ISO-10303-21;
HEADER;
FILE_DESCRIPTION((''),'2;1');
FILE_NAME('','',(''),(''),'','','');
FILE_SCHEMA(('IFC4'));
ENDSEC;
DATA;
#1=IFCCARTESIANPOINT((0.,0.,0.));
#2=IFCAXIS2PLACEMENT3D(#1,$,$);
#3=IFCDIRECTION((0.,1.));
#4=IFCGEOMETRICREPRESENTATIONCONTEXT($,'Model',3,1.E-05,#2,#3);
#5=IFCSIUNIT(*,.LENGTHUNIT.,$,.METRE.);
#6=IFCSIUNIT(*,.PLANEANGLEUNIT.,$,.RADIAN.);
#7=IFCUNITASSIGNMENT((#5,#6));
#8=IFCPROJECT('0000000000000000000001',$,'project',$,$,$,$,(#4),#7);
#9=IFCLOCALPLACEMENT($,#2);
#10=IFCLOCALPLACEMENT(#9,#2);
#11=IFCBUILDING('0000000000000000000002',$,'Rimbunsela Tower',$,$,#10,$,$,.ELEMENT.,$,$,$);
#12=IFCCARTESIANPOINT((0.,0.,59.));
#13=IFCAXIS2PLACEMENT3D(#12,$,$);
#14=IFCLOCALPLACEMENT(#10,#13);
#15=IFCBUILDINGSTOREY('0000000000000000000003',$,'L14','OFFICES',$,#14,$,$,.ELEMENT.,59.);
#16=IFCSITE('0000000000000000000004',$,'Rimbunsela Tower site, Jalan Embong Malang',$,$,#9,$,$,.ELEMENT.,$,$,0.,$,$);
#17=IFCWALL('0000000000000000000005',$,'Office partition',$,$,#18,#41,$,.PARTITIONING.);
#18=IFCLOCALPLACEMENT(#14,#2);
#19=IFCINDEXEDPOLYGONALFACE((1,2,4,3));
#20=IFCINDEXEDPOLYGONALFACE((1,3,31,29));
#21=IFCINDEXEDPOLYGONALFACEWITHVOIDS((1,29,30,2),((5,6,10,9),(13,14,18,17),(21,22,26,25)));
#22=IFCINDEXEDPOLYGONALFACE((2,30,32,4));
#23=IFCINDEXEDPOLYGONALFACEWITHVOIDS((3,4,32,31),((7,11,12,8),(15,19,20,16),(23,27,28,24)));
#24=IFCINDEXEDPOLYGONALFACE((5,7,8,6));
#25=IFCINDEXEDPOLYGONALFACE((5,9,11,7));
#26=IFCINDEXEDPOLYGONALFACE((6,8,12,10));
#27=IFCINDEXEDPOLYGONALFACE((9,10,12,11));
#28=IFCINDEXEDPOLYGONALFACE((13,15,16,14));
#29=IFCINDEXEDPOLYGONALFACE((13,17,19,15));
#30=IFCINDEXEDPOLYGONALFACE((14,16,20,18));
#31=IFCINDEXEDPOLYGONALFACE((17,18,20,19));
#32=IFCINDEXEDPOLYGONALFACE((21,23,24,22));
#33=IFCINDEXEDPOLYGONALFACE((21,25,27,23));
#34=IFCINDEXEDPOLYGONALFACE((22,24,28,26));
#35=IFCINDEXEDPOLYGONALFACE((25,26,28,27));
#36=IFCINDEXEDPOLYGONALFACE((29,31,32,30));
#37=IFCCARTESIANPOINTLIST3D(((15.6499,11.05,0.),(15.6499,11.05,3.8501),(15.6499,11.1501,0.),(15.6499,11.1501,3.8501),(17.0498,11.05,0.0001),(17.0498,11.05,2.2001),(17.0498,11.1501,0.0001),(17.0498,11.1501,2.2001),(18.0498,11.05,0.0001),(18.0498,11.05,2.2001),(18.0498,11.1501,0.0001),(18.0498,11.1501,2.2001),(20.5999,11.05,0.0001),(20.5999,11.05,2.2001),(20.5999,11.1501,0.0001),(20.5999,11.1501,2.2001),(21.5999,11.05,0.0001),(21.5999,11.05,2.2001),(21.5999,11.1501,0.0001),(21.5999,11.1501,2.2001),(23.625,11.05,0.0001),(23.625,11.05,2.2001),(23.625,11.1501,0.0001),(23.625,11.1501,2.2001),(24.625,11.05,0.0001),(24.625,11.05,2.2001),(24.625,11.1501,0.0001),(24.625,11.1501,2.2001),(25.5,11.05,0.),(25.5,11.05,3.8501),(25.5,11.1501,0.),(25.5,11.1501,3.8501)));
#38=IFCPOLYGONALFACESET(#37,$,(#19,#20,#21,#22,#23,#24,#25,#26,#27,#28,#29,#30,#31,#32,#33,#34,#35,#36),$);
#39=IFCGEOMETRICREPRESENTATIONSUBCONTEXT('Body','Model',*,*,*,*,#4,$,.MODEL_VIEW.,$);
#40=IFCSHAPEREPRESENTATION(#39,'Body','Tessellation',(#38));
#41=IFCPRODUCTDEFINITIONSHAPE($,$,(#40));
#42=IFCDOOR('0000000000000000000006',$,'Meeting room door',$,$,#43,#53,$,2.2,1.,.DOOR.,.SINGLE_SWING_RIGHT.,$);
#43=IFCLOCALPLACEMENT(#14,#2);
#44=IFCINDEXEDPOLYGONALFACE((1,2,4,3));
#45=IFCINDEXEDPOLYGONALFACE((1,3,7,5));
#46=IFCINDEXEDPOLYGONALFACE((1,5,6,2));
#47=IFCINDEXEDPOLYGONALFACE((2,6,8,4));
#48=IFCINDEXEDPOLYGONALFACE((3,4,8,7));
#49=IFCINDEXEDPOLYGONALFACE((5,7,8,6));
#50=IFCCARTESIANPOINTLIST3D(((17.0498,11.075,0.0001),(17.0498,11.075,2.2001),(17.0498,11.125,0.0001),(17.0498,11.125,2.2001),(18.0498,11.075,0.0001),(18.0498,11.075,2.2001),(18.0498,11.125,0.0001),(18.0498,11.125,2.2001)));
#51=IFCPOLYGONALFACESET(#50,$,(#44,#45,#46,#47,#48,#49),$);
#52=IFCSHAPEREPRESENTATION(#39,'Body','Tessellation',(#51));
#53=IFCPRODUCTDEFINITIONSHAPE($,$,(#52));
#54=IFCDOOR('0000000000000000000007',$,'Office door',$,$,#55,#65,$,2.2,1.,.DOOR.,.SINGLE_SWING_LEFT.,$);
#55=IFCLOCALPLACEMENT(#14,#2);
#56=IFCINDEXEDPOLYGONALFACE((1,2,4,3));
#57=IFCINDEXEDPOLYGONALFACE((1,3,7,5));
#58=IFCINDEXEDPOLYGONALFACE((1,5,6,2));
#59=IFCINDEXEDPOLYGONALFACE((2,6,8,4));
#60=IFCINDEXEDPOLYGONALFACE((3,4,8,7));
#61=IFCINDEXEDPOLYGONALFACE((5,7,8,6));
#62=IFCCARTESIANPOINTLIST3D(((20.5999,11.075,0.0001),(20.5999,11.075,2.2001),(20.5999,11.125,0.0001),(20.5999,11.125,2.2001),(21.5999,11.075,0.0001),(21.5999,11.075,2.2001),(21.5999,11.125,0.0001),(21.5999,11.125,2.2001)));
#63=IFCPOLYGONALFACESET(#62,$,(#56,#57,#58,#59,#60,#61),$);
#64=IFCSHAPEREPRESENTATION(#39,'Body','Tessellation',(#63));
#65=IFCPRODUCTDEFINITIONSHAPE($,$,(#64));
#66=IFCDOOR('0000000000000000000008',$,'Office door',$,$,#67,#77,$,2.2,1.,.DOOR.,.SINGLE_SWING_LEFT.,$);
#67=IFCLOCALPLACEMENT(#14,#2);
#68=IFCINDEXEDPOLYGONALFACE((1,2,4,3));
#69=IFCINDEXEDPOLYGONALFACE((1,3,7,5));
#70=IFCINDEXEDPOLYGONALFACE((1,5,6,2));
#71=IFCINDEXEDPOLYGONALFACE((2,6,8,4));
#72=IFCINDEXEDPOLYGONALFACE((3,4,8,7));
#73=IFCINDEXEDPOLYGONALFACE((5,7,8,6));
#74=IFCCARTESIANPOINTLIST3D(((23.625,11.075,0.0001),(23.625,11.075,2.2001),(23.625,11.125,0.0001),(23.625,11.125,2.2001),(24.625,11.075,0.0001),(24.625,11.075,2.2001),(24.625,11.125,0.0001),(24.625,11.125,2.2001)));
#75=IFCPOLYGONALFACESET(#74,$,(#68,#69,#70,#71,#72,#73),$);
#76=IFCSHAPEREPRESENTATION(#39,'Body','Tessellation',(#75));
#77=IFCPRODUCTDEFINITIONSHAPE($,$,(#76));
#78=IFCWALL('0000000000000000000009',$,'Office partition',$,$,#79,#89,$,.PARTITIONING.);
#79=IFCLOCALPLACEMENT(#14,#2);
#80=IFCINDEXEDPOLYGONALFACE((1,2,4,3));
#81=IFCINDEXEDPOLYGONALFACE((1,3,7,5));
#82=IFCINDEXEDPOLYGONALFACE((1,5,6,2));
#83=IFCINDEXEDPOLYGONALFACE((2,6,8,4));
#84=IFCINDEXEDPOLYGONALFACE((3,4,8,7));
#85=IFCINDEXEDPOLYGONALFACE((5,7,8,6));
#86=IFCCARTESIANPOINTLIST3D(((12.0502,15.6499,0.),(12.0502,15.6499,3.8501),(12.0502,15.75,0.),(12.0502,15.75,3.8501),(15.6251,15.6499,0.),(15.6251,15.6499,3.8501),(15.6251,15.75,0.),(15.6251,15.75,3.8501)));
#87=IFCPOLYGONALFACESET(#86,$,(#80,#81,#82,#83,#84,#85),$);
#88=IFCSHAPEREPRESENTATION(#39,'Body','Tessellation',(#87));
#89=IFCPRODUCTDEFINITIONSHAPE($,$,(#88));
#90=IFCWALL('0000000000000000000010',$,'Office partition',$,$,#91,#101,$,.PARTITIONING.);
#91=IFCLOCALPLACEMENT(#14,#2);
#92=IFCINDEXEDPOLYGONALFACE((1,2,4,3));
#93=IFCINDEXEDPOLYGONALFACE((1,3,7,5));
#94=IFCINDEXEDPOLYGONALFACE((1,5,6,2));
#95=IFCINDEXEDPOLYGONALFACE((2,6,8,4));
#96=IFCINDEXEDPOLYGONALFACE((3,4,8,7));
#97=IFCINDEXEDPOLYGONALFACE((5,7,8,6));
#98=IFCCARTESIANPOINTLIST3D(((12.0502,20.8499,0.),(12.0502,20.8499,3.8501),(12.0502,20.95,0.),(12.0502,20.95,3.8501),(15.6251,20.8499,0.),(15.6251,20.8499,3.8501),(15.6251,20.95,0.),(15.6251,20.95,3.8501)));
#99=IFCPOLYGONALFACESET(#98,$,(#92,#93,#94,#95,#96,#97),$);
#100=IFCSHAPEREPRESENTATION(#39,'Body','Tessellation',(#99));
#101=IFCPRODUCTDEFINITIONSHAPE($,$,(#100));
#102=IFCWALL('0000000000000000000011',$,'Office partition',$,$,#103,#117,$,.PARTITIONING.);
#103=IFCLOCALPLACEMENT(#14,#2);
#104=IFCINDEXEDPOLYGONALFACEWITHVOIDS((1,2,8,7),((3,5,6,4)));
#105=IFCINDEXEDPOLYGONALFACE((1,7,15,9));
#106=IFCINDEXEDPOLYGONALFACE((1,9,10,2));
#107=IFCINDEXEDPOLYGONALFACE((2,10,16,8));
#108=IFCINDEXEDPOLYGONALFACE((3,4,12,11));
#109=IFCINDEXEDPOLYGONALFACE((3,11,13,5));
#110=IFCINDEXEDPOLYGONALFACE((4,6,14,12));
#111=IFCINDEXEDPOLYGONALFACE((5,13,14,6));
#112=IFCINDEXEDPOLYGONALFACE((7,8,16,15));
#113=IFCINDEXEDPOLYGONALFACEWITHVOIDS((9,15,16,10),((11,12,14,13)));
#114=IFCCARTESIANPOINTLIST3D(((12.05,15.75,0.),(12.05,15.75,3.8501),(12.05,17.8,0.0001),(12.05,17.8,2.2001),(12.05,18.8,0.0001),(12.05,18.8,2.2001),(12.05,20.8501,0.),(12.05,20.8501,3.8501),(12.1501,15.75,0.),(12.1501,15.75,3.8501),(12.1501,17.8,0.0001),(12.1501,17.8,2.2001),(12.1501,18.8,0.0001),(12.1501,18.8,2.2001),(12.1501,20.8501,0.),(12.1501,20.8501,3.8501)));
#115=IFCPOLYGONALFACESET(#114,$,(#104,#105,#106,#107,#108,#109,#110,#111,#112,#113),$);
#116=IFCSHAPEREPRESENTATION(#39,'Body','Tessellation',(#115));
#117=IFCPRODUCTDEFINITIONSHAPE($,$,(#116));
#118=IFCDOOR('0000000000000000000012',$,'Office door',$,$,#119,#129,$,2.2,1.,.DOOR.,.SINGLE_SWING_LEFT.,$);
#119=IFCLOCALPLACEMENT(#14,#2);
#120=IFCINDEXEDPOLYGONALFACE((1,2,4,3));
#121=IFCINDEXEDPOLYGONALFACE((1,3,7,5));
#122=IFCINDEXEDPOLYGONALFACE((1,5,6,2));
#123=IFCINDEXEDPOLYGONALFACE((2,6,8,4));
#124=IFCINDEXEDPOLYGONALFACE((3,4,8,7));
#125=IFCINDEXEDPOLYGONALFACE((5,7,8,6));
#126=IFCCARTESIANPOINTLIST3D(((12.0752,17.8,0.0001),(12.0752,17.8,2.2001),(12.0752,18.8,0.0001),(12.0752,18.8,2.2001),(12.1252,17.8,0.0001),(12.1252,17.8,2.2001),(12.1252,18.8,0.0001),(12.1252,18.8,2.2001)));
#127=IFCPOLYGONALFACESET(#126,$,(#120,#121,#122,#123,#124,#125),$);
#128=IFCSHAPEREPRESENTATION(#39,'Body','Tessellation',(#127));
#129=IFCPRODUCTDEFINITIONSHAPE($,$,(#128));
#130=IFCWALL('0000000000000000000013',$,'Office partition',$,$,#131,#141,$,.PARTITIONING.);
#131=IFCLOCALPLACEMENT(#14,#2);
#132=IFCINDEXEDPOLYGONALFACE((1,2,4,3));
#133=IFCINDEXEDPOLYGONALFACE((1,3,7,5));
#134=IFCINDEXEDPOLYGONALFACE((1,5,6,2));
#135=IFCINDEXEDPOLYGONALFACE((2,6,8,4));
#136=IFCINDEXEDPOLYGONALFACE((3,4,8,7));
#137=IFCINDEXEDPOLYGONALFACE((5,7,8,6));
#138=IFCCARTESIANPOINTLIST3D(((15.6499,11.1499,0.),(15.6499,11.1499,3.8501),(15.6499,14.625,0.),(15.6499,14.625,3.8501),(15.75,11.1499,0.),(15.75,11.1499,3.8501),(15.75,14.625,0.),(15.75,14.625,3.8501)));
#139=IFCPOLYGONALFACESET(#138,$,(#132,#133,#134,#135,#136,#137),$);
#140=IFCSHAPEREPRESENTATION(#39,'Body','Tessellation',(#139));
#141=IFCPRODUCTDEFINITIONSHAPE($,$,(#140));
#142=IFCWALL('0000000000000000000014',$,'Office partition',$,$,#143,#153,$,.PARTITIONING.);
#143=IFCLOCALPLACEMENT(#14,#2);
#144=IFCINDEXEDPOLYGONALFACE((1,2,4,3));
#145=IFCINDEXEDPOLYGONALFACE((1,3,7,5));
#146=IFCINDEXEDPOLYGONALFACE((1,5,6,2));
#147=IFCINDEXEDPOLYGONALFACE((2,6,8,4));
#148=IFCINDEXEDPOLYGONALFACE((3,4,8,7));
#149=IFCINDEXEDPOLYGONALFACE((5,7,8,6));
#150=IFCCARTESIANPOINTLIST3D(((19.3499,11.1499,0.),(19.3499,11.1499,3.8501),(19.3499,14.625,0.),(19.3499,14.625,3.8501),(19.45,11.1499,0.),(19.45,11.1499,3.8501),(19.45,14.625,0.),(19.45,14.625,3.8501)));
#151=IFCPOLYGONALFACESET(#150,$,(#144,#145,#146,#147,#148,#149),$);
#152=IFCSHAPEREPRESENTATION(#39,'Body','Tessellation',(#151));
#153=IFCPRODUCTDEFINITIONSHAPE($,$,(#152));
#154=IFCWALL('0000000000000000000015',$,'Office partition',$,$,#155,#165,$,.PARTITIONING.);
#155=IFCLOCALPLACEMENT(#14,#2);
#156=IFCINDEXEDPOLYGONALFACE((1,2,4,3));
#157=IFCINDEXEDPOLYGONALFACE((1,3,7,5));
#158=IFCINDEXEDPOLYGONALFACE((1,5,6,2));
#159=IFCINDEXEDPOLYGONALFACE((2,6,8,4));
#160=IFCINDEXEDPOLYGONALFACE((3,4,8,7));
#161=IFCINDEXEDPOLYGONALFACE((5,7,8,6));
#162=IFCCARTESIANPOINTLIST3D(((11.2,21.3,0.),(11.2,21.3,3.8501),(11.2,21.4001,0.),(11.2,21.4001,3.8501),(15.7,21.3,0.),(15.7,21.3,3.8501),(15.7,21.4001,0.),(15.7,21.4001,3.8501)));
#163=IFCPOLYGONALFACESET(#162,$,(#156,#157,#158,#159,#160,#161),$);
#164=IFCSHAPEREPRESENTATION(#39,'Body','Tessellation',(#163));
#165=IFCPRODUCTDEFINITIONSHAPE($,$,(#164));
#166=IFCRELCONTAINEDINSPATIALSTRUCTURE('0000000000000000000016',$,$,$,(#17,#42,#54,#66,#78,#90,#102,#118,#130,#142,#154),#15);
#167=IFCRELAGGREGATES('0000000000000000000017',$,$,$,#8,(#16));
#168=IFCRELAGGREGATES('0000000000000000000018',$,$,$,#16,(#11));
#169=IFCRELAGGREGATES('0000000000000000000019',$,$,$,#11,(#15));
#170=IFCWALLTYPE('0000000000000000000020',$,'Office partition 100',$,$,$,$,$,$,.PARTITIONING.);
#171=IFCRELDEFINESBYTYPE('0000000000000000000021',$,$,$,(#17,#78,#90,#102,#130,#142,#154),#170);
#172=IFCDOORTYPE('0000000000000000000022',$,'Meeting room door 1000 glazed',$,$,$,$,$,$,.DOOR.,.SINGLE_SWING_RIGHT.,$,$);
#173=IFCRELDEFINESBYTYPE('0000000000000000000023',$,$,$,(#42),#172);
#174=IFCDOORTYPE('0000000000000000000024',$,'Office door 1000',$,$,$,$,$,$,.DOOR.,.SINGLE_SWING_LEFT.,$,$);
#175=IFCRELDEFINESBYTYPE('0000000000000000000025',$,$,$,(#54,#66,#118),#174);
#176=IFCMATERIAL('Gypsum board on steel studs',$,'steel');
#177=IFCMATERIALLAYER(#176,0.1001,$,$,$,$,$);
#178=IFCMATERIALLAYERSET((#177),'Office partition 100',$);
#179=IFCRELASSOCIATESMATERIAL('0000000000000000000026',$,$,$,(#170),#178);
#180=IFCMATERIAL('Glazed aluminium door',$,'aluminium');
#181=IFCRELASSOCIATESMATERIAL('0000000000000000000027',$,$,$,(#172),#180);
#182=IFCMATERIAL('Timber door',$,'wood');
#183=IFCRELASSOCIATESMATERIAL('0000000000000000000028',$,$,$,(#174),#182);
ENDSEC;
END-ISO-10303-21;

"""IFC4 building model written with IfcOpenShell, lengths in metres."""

from ifc_helpers import new_model, si_unit, direction, frame, frame_2d, origin, place, context, subcontext, project, spatial, rectangle, extrude, material, layer, layer_set, type_object, element, fill, save


model = new_model("IFC4")

# Units and contexts
model_context = context("Model", 3, precision=1e-05, world=origin(), true_north=direction((0.0, 1.0)))
body_context = subcontext(model_context, "Body", "Model", "MODEL_VIEW")
ifc_project = project(units=[si_unit("LENGTHUNIT", "METRE"), si_unit("PLANEANGLEUNIT", "RADIAN")], contexts=[model_context])

# Site, building, storey
site_placement = place(None, origin())
site = spatial("IfcSite", under=ifc_project, at=site_placement, Name="Rimbunsela Tower site, Jalan Embong Malang", CompositionType="ELEMENT", RefElevation=0.0)
building_placement = place(site_placement, origin())
building = spatial("IfcBuilding", under=site, at=building_placement, Name="Rimbunsela Tower", CompositionType="ELEMENT")
storey_placement = place(building_placement, frame((0.0, 0.0, 59.0)))
storey = spatial("IfcBuildingStorey", under=building, at=storey_placement, Name="L14", Description="OFFICES", CompositionType="ELEMENT", Elevation=59.0)

# Wall, openings, doors
ifc_material_1 = material(Name="Gypsum board on steel studs", Category="steel")
ifc_layer_1 = layer(ifc_material_1, 0.1001)
ifc_layer_set_1 = layer_set([ifc_layer_1], Name="Office partition 100")
wall_type_1 = type_object("IfcWallType", Name="Office partition 100", PredefinedType="PARTITIONING", material=ifc_layer_set_1)
wall_1_placement = place(storey_placement, frame((15.6499, 11.1001, 0.0), z_axis=(0.0, 0.0, 1.0), x_axis=(1.0, 0.0, 0.0)))
wall_1 = element("IfcWall", 1, at=wall_1_placement, inside=storey, type_object=wall_type_1, Name="Office partition", PredefinedType="PARTITIONING", context=body_context, shape_type="SweptSolid", body=[
    extrude(rectangle(XDim=9.8501, YDim=0.1001, at=frame_2d((4.925, 0.0))), origin(), (0.0, 0.0, 1.0), 3.8501),
])
opening_1_placement = place(wall_1_placement, frame((1.3999, 0.0, 0.0)))
opening_1 = element("IfcOpeningElement", 2, at=opening_1_placement, cuts=wall_1, PredefinedType="OPENING", context=body_context, shape_type="SweptSolid", body=[
    extrude(rectangle(XDim=1.0, YDim=2.2, at=frame_2d((0.5, 1.1001))), frame((0.0, 0.0601, 0.0), z_axis=(0.0, -1.0, 0.0), x_axis=(1.0, 0.0, 0.0)), (0.0, 0.0, 1.0), 0.1201),
])
opening_2_placement = place(wall_1_placement, frame((4.95, 0.0, 0.0)))
opening_2 = element("IfcOpeningElement", 3, at=opening_2_placement, cuts=wall_1, PredefinedType="OPENING", context=body_context, shape_type="SweptSolid", body=[
    extrude(rectangle(XDim=1.0, YDim=2.2, at=frame_2d((0.5, 1.1001))), frame((0.0, 0.0601, 0.0), z_axis=(0.0, -1.0, 0.0), x_axis=(1.0, 0.0, 0.0)), (0.0, 0.0, 1.0), 0.1201),
])
opening_3_placement = place(wall_1_placement, frame((7.9751, 0.0, 0.0)))
opening_3 = element("IfcOpeningElement", 4, at=opening_3_placement, cuts=wall_1, PredefinedType="OPENING", context=body_context, shape_type="SweptSolid", body=[
    extrude(rectangle(XDim=1.0, YDim=2.2, at=frame_2d((0.5, 1.1001))), frame((0.0, 0.0601, 0.0), z_axis=(0.0, -1.0, 0.0), x_axis=(1.0, 0.0, 0.0)), (0.0, 0.0, 1.0), 0.1201),
])
ifc_material_2 = material(Name="Glazed aluminium door", Category="aluminium")
door_type_1 = type_object("IfcDoorType", Name="Meeting room door 1000 glazed", OperationType="SINGLE_SWING_RIGHT", PredefinedType="DOOR", material=ifc_material_2)
door_1_placement = place(opening_1_placement, origin())
door_1 = element("IfcDoor", 5, at=door_1_placement, inside=storey, type_object=door_type_1, Name="Meeting room door", OperationType="SINGLE_SWING_RIGHT", OverallHeight=2.2, OverallWidth=1.0, PredefinedType="DOOR", context=body_context, shape_type="SweptSolid", body=[
    extrude(rectangle(XDim=1.0, YDim=2.2, at=frame_2d((0.5, 1.1001))), frame((0.0, 0.0249, 0.0), z_axis=(0.0, -1.0, 0.0), x_axis=(1.0, 0.0, 0.0)), (0.0, 0.0, 1.0), 0.05),
])
fill(opening_1, door_1)
ifc_material_3 = material(Name="Timber door", Category="wood")
door_type_2 = type_object("IfcDoorType", Name="Office door 1000", OperationType="SINGLE_SWING_LEFT", PredefinedType="DOOR", material=ifc_material_3)
door_2_placement = place(opening_2_placement, origin())
door_2 = element("IfcDoor", 6, at=door_2_placement, inside=storey, type_object=door_type_2, Name="Office door", OperationType="SINGLE_SWING_LEFT", OverallHeight=2.2, OverallWidth=1.0, PredefinedType="DOOR", context=body_context, shape_type="SweptSolid", body=[
    extrude(rectangle(XDim=1.0, YDim=2.2, at=frame_2d((0.5, 1.1001))), frame((0.0, 0.0249, 0.0), z_axis=(0.0, -1.0, 0.0), x_axis=(1.0, 0.0, 0.0)), (0.0, 0.0, 1.0), 0.05),
])
fill(opening_2, door_2)
door_3_placement = place(opening_3_placement, origin())
door_3 = element("IfcDoor", 7, at=door_3_placement, inside=storey, type_object=door_type_2, Name="Office door", OperationType="SINGLE_SWING_LEFT", OverallHeight=2.2, OverallWidth=1.0, PredefinedType="DOOR", context=body_context, shape_type="SweptSolid", body=[
    extrude(rectangle(XDim=1.0, YDim=2.2, at=frame_2d((0.5, 1.1001))), frame((0.0, 0.0249, 0.0), z_axis=(0.0, -1.0, 0.0), x_axis=(1.0, 0.0, 0.0)), (0.0, 0.0, 1.0), 0.05),
])
fill(opening_3, door_3)

# Walls
for number, where, z_axis, x_axis, name in (
    (8, (12.05, 15.7, 0.0), (0.0, 0.0, 1.0), (1.0, 0.0, 0.0), "Office partition"),
    (9, (12.05, 20.8999, 0.0), (0.0, 0.0, 1.0), (1.0, 0.0, 0.0), "Office partition"),
):
    element("IfcWall", number, at=place(storey_placement, frame(where, z_axis=z_axis, x_axis=x_axis)), inside=storey, type_object=wall_type_1, Name=name, PredefinedType="PARTITIONING", context=body_context, shape_type="SweptSolid", body=[
        extrude(rectangle(XDim=3.575, YDim=0.1001, at=frame_2d((1.7876, 0.0))), origin(), (0.0, 0.0, 1.0), 3.8501),
    ])

# Wall, opening, door
wall_2_placement = place(storey_placement, frame((12.1001, 15.75, 0.0), z_axis=(0.0, 0.0, 1.0), x_axis=(0.0, 1.0, 0.0)))
wall_2 = element("IfcWall", 10, at=wall_2_placement, inside=storey, type_object=wall_type_1, Name="Office partition", PredefinedType="PARTITIONING", context=body_context, shape_type="SweptSolid", body=[
    extrude(rectangle(XDim=5.1001, YDim=0.1001, at=frame_2d((2.55, 0.0))), origin(), (0.0, 0.0, 1.0), 3.8501),
])
opening_4_placement = place(wall_2_placement, frame((2.05, 0.0, 0.0)))
opening_4 = element("IfcOpeningElement", 11, at=opening_4_placement, cuts=wall_2, PredefinedType="OPENING", context=body_context, shape_type="SweptSolid", body=[
    extrude(rectangle(XDim=1.0, YDim=2.2, at=frame_2d((0.5, 1.1001))), frame((0.0, 0.0601, 0.0), z_axis=(0.0, -1.0, 0.0), x_axis=(1.0, 0.0, 0.0)), (0.0, 0.0, 1.0), 0.1201),
])
door_4_placement = place(opening_4_placement, origin())
door_4 = element("IfcDoor", 12, at=door_4_placement, inside=storey, type_object=door_type_2, Name="Office door", OperationType="SINGLE_SWING_LEFT", OverallHeight=2.2, OverallWidth=1.0, PredefinedType="DOOR", context=body_context, shape_type="SweptSolid", body=[
    extrude(rectangle(XDim=1.0, YDim=2.2, at=frame_2d((0.5, 1.1001))), frame((0.0, 0.0249, 0.0), z_axis=(0.0, -1.0, 0.0), x_axis=(1.0, 0.0, 0.0)), (0.0, 0.0, 1.0), 0.05),
])
fill(opening_4, door_4)

# Walls
for number, where, z_axis, x_axis, name in (
    (13, (15.7, 11.1499, 0.0), (0.0, 0.0, 1.0), (0.0, 1.0, 0.0), "Office partition"),
    (14, (19.3999, 11.1499, 0.0), (0.0, 0.0, 1.0), (0.0, 1.0, 0.0), "Office partition"),
):
    element("IfcWall", number, at=place(storey_placement, frame(where, z_axis=z_axis, x_axis=x_axis)), inside=storey, type_object=wall_type_1, Name=name, PredefinedType="PARTITIONING", context=body_context, shape_type="SweptSolid", body=[
        extrude(rectangle(XDim=3.4751, YDim=0.1001, at=frame_2d((1.7375, 0.0))), origin(), (0.0, 0.0, 1.0), 3.8501),
    ])
wall_3_placement = place(storey_placement, frame((11.2, 21.3501, 0.0), z_axis=(0.0, 0.0, 1.0), x_axis=(1.0, 0.0, 0.0)))
element("IfcWall", 15, at=wall_3_placement, inside=storey, type_object=wall_type_1, Name="Office partition", PredefinedType="PARTITIONING", context=body_context, shape_type="SweptSolid", body=[
    extrude(rectangle(XDim=4.5, YDim=0.1001, at=frame_2d((2.25, 0.0))), origin(), (0.0, 0.0, 1.0), 3.8501),
])

save(model, "model.ifc")
